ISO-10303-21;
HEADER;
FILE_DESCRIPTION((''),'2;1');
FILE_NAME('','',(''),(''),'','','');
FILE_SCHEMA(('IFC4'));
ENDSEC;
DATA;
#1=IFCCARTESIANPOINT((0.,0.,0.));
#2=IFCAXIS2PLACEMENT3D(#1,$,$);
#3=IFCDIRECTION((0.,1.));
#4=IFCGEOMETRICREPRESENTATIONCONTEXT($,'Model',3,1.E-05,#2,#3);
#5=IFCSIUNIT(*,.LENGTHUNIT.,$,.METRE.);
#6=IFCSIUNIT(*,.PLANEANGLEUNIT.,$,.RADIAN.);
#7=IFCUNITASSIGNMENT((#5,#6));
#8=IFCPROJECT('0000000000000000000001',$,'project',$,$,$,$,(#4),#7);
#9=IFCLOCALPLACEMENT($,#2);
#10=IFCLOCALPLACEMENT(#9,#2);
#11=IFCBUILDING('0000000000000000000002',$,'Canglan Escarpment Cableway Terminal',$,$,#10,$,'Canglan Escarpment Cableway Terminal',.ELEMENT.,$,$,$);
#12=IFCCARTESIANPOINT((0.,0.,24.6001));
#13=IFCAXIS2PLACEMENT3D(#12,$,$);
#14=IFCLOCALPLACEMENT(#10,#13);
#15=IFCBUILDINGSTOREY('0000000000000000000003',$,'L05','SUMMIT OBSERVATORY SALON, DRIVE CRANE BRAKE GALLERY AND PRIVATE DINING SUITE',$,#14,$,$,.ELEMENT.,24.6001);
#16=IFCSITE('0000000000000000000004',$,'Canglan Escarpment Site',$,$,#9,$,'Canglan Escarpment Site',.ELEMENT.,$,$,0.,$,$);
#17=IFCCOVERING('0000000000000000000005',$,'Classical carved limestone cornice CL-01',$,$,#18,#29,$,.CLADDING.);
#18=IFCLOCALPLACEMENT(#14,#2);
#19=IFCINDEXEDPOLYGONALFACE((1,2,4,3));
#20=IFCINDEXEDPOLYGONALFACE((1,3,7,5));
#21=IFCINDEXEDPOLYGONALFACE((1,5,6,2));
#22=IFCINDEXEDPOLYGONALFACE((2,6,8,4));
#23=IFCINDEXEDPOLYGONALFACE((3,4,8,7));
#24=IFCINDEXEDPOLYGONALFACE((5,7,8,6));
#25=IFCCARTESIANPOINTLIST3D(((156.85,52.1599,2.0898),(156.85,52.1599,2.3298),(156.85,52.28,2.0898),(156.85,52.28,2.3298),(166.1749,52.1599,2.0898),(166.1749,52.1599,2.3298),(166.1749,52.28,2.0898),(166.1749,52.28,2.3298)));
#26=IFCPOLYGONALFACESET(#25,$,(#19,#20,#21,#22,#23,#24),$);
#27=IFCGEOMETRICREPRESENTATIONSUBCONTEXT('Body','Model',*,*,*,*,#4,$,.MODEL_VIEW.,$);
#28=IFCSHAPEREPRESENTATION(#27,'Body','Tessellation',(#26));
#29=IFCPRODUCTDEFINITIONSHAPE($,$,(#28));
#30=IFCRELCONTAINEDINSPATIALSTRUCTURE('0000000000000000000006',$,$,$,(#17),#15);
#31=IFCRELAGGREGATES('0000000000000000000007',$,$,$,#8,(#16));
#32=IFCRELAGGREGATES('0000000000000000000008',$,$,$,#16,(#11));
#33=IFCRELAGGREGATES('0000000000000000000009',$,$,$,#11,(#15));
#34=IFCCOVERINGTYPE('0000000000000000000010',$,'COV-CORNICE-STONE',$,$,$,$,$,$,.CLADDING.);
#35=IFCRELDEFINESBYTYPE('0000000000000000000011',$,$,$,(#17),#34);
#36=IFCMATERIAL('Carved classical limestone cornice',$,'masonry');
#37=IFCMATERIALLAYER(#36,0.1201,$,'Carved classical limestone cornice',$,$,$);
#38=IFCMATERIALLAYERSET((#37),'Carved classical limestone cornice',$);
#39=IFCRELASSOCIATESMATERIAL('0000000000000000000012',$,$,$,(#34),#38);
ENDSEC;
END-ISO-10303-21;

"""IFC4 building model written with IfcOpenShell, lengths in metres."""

from ifc_helpers import new_model, si_unit, direction, frame, origin, origin_2d, place, context, subcontext, project, spatial, rectangle, extrude, material, layer, layer_set, type_object, element, save


model = new_model("IFC4")

# Units and contexts
model_context = context("Model", 3, precision=1e-05, world=origin(), true_north=direction((0.0, 1.0)))
body_context = subcontext(model_context, "Body", "Model", "MODEL_VIEW")
ifc_project = project(units=[si_unit("LENGTHUNIT", "METRE"), si_unit("PLANEANGLEUNIT", "RADIAN")], contexts=[model_context])

# Site, building, storey
site_placement = place(None, origin())
site = spatial("IfcSite", under=ifc_project, at=site_placement, Name="Canglan Escarpment Site", LongName="Canglan Escarpment Site", CompositionType="ELEMENT", RefElevation=0.0)
building_placement = place(site_placement, origin())
building = spatial("IfcBuilding", under=site, at=building_placement, Name="Canglan Escarpment Cableway Terminal", LongName="Canglan Escarpment Cableway Terminal", CompositionType="ELEMENT")
storey_placement = place(building_placement, frame((0.0, 0.0, 24.6001)))
storey = spatial("IfcBuildingStorey", under=building, at=storey_placement, Name="L05", Description="SUMMIT OBSERVATORY SALON, DRIVE CRANE BRAKE GALLERY AND PRIVATE DINING SUITE", CompositionType="ELEMENT", Elevation=24.6001)

# Covering
ifc_material_1 = material(Name="Carved classical limestone cornice", Category="masonry")
ifc_layer_1 = layer(ifc_material_1, 0.1201, Name="Carved classical limestone cornice")
ifc_layer_set_1 = layer_set([ifc_layer_1], Name="Carved classical limestone cornice")
covering_type = type_object("IfcCoveringType", Name="COV-CORNICE-STONE", PredefinedType="CLADDING", material=ifc_layer_set_1)
covering_placement = place(storey_placement, frame((161.5125, 52.22, 2.0898), z_axis=(0.0, 0.0, 1.0), x_axis=(-1.0, 0.0, 0.0)))
element("IfcCovering", 1, at=covering_placement, inside=storey, type_object=covering_type, Name="Classical carved limestone cornice CL-01", PredefinedType="CLADDING", context=body_context, shape_type="SweptSolid", body=[
    extrude(rectangle(XDim=9.325, YDim=0.1201, at=origin_2d()), origin(), (0.0, 0.0, 1.0), 0.24),
])

save(model, "model.ifc")
